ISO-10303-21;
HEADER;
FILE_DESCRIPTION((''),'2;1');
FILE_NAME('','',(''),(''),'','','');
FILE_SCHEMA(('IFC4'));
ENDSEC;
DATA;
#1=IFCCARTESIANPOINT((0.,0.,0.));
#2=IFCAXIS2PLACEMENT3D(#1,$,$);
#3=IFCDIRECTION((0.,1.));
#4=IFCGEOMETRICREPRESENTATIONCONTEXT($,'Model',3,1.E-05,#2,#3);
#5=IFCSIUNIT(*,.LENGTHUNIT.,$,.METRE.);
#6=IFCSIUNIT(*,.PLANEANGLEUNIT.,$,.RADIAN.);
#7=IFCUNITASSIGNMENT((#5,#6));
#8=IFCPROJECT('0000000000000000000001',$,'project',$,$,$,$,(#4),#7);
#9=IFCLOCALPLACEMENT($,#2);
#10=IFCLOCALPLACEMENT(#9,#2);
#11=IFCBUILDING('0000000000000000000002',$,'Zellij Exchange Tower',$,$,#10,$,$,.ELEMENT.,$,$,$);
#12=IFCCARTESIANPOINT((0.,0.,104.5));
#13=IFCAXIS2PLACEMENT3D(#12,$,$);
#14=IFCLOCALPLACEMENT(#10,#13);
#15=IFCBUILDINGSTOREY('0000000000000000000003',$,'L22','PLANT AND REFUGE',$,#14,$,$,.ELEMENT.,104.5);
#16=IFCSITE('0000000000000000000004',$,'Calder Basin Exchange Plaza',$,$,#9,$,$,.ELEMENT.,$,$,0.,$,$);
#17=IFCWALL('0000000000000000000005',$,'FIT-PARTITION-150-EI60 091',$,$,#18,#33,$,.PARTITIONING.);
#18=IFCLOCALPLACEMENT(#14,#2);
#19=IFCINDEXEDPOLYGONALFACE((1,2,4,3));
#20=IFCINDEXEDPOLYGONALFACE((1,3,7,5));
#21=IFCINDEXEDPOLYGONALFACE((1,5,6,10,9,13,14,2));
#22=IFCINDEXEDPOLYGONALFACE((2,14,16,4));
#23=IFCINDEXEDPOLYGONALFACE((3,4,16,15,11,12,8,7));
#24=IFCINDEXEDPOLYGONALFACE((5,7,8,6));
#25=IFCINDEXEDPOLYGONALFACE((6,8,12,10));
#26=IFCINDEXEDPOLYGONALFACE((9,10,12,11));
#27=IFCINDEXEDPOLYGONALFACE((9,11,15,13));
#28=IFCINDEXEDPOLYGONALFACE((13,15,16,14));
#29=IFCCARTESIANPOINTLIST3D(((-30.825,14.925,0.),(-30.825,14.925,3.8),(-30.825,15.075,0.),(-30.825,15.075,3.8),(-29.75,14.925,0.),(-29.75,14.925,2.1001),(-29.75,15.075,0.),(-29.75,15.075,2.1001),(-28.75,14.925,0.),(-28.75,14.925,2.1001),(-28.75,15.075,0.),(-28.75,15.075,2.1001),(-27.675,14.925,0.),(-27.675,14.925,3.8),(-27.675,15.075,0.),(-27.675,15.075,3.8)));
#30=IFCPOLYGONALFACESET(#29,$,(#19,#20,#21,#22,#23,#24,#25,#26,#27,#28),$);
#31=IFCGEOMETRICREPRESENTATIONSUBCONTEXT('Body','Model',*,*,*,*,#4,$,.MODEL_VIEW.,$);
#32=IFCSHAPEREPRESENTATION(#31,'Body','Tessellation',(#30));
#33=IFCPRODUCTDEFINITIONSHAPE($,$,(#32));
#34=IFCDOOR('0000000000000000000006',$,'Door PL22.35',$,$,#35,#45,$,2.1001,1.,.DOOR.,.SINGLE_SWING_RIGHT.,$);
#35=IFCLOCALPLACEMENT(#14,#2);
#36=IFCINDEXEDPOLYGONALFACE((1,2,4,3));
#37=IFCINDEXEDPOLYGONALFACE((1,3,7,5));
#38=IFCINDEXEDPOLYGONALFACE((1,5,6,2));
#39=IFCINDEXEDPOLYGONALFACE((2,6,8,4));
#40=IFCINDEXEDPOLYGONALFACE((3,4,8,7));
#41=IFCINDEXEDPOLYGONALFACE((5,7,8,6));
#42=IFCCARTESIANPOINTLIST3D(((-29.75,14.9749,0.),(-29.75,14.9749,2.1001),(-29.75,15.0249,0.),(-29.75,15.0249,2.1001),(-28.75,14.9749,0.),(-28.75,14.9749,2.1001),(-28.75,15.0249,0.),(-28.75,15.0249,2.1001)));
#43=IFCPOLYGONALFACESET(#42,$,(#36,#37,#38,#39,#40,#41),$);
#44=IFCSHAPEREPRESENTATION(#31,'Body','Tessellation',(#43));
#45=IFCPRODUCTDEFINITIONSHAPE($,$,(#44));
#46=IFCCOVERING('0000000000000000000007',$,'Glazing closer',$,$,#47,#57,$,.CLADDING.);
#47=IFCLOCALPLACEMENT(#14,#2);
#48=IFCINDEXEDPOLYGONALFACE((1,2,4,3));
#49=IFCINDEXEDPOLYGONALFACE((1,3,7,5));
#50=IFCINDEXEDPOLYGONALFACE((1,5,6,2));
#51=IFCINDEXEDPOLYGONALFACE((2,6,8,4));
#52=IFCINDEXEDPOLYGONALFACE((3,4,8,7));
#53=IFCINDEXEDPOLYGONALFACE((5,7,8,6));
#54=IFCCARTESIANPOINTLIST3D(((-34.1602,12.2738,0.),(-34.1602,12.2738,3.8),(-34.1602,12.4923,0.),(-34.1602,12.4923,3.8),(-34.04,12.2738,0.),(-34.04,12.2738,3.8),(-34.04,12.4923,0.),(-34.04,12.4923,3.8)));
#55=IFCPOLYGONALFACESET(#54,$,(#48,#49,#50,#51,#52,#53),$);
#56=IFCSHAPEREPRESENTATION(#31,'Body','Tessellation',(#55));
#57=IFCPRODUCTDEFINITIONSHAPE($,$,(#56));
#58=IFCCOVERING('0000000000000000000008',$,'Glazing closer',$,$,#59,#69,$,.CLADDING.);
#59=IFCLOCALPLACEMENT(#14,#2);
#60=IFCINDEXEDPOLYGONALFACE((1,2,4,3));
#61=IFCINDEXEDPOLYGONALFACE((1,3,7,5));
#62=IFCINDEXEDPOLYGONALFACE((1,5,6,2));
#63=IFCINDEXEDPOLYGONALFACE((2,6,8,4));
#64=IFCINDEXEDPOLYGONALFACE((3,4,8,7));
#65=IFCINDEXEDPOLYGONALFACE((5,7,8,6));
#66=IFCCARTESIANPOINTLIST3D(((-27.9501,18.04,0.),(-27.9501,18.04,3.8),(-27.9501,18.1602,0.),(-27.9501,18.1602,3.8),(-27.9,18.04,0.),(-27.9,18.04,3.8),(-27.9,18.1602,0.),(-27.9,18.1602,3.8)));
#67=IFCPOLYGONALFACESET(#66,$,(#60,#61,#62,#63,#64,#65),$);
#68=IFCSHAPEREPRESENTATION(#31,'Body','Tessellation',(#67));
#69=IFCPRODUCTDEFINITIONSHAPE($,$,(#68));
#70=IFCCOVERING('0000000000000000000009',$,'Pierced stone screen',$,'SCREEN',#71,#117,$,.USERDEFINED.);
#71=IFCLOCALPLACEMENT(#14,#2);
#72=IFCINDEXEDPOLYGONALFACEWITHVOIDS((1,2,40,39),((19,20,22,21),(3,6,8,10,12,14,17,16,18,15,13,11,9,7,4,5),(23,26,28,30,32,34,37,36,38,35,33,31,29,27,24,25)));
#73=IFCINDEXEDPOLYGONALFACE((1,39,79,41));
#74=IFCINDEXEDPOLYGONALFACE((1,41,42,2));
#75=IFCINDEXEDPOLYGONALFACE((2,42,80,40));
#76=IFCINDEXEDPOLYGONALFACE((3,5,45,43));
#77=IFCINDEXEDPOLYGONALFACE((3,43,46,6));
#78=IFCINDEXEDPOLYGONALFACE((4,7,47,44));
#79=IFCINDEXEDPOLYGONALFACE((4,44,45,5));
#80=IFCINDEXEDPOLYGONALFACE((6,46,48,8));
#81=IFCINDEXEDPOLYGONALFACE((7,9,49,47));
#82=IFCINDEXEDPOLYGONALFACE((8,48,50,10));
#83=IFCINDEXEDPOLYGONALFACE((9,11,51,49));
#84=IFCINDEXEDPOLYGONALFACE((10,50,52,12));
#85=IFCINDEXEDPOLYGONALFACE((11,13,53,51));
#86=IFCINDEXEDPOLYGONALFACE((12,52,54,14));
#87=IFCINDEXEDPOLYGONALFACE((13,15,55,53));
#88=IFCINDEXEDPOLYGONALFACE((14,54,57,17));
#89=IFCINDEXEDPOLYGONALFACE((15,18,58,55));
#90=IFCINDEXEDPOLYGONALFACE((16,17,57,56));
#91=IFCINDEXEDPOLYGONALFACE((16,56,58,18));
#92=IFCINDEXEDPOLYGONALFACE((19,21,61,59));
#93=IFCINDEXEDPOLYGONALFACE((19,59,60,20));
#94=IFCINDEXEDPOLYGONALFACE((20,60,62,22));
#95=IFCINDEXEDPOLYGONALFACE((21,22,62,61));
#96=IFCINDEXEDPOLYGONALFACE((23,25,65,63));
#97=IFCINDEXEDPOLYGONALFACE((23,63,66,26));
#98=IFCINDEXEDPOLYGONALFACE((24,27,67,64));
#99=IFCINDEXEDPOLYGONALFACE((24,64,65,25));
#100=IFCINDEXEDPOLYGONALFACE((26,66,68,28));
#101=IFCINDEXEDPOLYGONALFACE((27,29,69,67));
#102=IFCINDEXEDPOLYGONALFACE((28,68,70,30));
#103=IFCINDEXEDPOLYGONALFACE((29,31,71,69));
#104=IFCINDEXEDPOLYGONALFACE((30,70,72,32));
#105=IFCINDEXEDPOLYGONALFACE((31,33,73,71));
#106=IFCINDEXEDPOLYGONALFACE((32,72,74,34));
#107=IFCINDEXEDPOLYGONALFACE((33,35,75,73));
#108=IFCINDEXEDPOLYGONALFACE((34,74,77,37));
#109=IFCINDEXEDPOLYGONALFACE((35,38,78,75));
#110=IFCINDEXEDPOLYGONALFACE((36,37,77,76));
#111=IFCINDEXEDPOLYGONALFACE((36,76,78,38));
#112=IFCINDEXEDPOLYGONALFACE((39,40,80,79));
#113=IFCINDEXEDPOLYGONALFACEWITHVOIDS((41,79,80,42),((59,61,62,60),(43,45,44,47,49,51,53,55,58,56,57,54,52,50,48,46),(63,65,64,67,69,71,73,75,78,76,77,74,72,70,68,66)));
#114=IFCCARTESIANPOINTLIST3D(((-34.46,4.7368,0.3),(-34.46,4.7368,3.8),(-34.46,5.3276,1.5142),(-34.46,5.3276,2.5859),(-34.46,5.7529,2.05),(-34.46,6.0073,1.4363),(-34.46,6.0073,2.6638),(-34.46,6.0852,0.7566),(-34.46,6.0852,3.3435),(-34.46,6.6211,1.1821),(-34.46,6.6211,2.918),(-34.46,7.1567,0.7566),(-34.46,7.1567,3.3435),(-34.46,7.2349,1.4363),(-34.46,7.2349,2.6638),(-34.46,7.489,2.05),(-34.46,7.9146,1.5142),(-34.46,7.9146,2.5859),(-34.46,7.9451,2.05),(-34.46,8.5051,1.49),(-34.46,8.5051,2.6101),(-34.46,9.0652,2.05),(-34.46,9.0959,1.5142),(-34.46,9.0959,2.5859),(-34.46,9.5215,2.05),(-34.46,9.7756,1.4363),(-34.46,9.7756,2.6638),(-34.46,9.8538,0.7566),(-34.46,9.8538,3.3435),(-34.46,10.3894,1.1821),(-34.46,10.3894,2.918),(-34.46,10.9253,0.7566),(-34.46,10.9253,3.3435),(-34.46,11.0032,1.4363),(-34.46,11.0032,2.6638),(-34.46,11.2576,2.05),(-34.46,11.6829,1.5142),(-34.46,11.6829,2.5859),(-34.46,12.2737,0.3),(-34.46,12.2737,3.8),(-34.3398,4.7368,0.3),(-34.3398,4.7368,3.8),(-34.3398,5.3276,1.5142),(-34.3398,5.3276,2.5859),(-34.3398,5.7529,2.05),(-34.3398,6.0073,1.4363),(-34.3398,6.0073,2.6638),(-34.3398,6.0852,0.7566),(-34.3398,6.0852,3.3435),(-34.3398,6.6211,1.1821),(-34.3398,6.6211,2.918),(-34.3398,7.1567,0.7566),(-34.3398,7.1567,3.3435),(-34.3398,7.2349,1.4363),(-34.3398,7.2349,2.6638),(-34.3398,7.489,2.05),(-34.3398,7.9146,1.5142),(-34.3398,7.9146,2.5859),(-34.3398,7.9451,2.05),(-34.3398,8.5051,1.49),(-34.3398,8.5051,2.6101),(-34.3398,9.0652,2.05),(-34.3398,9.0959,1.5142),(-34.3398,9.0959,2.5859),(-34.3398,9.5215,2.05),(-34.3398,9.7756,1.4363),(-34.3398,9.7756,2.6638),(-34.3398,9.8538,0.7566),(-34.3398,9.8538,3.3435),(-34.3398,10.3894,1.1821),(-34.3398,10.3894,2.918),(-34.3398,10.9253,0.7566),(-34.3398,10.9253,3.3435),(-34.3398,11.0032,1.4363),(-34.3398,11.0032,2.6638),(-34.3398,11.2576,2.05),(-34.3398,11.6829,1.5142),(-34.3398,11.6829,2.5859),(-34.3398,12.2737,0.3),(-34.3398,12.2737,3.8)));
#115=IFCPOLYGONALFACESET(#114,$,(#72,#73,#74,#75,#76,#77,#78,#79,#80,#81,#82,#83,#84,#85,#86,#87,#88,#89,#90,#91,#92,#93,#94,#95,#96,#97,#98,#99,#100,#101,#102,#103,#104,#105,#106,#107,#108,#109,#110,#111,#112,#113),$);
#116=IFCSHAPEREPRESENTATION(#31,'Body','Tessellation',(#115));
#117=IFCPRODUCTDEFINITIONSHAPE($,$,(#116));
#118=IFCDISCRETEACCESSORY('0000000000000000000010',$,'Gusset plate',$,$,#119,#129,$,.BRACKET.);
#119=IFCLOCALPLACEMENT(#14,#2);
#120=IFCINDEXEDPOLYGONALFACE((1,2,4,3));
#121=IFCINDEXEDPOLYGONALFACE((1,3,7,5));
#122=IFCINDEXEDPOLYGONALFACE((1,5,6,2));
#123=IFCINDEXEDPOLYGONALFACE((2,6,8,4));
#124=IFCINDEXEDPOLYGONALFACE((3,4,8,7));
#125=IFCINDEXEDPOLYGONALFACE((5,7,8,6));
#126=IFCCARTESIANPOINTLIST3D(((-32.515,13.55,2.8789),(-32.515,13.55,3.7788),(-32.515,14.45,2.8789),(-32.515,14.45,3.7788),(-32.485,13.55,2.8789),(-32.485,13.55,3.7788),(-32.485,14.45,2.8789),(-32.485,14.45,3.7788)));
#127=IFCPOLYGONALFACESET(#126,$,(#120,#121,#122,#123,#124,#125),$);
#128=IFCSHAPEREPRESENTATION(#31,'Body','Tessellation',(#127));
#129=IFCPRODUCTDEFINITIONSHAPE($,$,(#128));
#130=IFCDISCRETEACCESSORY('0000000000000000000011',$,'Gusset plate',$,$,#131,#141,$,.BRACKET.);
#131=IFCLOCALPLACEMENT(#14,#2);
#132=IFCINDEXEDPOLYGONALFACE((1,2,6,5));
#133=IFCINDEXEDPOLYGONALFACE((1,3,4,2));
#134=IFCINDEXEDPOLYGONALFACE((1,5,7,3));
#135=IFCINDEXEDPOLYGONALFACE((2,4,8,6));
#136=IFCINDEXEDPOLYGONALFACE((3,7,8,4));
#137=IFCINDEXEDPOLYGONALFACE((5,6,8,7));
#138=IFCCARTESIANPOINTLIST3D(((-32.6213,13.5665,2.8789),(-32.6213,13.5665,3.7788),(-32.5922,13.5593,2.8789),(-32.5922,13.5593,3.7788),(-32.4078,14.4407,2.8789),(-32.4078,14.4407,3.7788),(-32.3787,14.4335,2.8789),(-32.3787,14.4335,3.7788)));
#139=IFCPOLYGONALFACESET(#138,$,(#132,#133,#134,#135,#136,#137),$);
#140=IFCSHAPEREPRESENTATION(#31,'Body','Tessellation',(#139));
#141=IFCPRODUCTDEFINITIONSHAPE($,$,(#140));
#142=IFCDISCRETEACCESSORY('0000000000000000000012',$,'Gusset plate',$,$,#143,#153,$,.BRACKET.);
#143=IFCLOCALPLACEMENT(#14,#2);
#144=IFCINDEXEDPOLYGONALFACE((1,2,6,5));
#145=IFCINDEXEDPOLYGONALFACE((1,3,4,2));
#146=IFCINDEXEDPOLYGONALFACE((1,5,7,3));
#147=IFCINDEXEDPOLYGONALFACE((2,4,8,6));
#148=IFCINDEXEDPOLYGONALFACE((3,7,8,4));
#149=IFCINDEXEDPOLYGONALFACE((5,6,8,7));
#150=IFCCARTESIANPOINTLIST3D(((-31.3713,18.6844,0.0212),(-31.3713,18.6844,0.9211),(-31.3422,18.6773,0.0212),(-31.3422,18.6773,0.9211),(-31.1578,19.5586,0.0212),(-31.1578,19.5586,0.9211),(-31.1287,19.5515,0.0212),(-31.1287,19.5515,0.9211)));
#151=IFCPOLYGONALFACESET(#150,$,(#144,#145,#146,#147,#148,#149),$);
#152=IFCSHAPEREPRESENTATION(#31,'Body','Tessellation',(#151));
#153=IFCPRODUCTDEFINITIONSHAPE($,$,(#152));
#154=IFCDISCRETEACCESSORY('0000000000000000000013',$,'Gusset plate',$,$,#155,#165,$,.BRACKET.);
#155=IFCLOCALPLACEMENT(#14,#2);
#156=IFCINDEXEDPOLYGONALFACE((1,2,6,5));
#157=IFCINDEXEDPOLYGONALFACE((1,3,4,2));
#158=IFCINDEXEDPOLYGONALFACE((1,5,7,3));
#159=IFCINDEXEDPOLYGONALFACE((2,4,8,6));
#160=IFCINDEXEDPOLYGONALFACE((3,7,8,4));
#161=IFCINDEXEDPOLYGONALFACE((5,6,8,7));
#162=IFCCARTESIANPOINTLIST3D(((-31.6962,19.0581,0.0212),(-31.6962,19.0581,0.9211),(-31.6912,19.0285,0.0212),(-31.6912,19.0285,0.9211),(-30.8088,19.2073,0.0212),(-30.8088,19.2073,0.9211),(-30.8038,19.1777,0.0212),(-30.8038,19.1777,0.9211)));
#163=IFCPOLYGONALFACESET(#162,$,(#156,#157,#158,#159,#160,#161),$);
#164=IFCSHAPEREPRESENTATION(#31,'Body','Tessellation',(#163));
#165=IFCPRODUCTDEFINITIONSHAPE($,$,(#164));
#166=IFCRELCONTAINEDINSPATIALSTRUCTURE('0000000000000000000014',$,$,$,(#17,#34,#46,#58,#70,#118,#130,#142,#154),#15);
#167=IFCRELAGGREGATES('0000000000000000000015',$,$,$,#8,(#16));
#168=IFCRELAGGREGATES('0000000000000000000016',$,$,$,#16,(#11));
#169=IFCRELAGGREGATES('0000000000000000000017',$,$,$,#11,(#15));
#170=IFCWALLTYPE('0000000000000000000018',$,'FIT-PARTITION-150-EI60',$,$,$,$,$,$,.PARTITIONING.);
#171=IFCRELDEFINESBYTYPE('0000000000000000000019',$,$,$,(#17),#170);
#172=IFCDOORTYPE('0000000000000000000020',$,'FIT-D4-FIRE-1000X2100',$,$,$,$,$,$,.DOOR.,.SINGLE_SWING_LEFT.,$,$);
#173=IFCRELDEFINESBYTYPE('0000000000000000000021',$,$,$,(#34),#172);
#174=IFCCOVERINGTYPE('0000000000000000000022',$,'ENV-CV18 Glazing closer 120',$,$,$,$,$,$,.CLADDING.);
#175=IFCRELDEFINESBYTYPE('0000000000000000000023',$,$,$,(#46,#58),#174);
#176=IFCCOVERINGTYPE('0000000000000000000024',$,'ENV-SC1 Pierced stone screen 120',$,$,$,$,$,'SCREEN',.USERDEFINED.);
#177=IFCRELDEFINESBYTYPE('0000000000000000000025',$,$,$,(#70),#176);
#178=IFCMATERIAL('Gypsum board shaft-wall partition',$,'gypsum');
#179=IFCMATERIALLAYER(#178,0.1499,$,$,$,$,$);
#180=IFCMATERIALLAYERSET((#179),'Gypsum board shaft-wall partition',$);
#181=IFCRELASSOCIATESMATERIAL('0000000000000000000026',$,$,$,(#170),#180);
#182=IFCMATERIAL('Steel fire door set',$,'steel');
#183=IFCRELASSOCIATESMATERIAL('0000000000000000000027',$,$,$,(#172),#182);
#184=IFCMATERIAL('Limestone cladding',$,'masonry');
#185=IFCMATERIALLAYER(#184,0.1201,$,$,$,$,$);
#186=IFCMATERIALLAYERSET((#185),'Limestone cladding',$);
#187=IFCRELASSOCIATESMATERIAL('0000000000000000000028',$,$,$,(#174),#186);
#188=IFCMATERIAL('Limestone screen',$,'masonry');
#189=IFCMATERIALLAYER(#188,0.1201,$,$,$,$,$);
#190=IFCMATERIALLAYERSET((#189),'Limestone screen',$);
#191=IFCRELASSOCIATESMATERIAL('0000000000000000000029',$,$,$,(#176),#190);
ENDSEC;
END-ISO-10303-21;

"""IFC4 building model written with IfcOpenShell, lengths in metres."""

from ifc_helpers import new_model, si_unit, direction, frame, frame_2d, origin, origin_2d, place, context, subcontext, project, spatial, polyline, rectangle, outline, extrude, material, layer, layer_set, type_object, element, fill, save


model = new_model("IFC4")

# Units and contexts
model_context = context("Model", 3, precision=1e-05, world=origin(), true_north=direction((0.0, 1.0)))
body_context = subcontext(model_context, "Body", "Model", "MODEL_VIEW")
ifc_project = project(units=[si_unit("LENGTHUNIT", "METRE"), si_unit("PLANEANGLEUNIT", "RADIAN")], contexts=[model_context])

# Site, building, storey
site_placement = place(None, origin())
site = spatial("IfcSite", under=ifc_project, at=site_placement, Name="Calder Basin Exchange Plaza", CompositionType="ELEMENT", RefElevation=0.0)
building_placement = place(site_placement, origin())
building = spatial("IfcBuilding", under=site, at=building_placement, Name="Zellij Exchange Tower", CompositionType="ELEMENT")
storey_placement = place(building_placement, frame((0.0, 0.0, 104.5)))
storey = spatial("IfcBuildingStorey", under=building, at=storey_placement, Name="L22", Description="PLANT AND REFUGE", CompositionType="ELEMENT", Elevation=104.5)

# Wall, opening, door
ifc_material_1 = material(Name="Gypsum board shaft-wall partition", Category="gypsum")
ifc_layer_1 = layer(ifc_material_1, 0.1499)
ifc_layer_set_1 = layer_set([ifc_layer_1], Name="Gypsum board shaft-wall partition")
wall_type_1 = type_object("IfcWallType", Name="FIT-PARTITION-150-EI60", PredefinedType="PARTITIONING", material=ifc_layer_set_1)
wall_1_placement = place(storey_placement, frame((-30.825, 15.0, 0.0), z_axis=(0.0, 0.0, 1.0), x_axis=(1.0, 0.0, 0.0)))
wall_1 = element("IfcWall", 1, at=wall_1_placement, inside=storey, type_object=wall_type_1, Name="FIT-PARTITION-150-EI60 091", PredefinedType="PARTITIONING", context=body_context, shape_type="SweptSolid", body=[
    extrude(rectangle(XDim=3.1499, YDim=0.1499, at=frame_2d((1.575, 0.0))), origin(), (0.0, 0.0, 1.0), 3.8),
])
opening_placement = place(wall_1_placement, frame((1.075, 0.0, 0.0)))
opening = element("IfcOpeningElement", 2, at=opening_placement, cuts=wall_1, PredefinedType="OPENING", context=body_context, shape_type="SweptSolid", body=[
    extrude(rectangle(XDim=1.0, YDim=2.1001, at=frame_2d((0.5, 1.05))), frame((0.0, 0.0869, 0.0), z_axis=(0.0, -1.0, 0.0), x_axis=(1.0, 0.0, 0.0)), (0.0, 0.0, 1.0), 0.1738),
])
ifc_material_2 = material(Name="Steel fire door set", Category="steel")
door_type = type_object("IfcDoorType", Name="FIT-D4-FIRE-1000X2100", OperationType="SINGLE_SWING_LEFT", PredefinedType="DOOR", material=ifc_material_2)
door_placement = place(opening_placement, origin())
door = element("IfcDoor", 3, at=door_placement, inside=storey, type_object=door_type, Name="Door PL22.35", OperationType="SINGLE_SWING_RIGHT", OverallHeight=2.1001, OverallWidth=1.0, PredefinedType="DOOR", context=body_context, shape_type="SweptSolid", body=[
    extrude(rectangle(XDim=1.0, YDim=2.1001, at=frame_2d((0.5, 1.05))), frame((0.0, 0.0249, 0.0), z_axis=(0.0, -1.0, 0.0), x_axis=(1.0, 0.0, 0.0)), (0.0, 0.0, 1.0), 0.05),
])
fill(opening, door)

# Coverings
ifc_material_3 = material(Name="Limestone cladding", Category="masonry")
ifc_layer_2 = layer(ifc_material_3, 0.1201)
ifc_layer_set_2 = layer_set([ifc_layer_2], Name="Limestone cladding")
covering_type_1 = type_object("IfcCoveringType", Name="ENV-CV18 Glazing closer 120", PredefinedType="CLADDING", material=ifc_layer_set_2)
covering_1_placement = place(storey_placement, frame((-34.1001, 12.3831, 0.0), z_axis=(0.0, 0.0, 1.0), x_axis=(0.0, 1.0, 0.0)))
element("IfcCovering", 4, at=covering_1_placement, inside=storey, type_object=covering_type_1, Name="Glazing closer", PredefinedType="CLADDING", context=body_context, shape_type="SweptSolid", body=[
    extrude(rectangle(XDim=0.2185, YDim=0.1201, at=origin_2d()), origin(), (0.0, 0.0, 1.0), 3.8),
])
covering_2_placement = place(storey_placement, frame((-27.925, 18.1001, 0.0), z_axis=(0.0, 0.0, 1.0), x_axis=(1.0, 0.0, 0.0)))
element("IfcCovering", 5, at=covering_2_placement, inside=storey, type_object=covering_type_1, Name="Glazing closer", PredefinedType="CLADDING", context=body_context, shape_type="SweptSolid", body=[
    extrude(rectangle(XDim=0.05, YDim=0.1201, at=origin_2d()), origin(), (0.0, 0.0, 1.0), 3.8),
])
ifc_material_4 = material(Name="Limestone screen", Category="masonry")
ifc_layer_3 = layer(ifc_material_4, 0.1201)
ifc_layer_set_3 = layer_set([ifc_layer_3], Name="Limestone screen")
covering_type_2 = type_object("IfcCoveringType", Name="ENV-SC1 Pierced stone screen 120", ElementType="SCREEN", PredefinedType="USERDEFINED", material=ifc_layer_set_3)
covering_3_placement = place(storey_placement, frame((-34.3999, 12.2737, 0.3), z_axis=(0.0, 0.0, 1.0), x_axis=(0.0, -1.0, 0.0)))
element("IfcCovering", 6, at=covering_3_placement, inside=storey, type_object=covering_type_2, Name="Pierced stone screen", ObjectType="SCREEN", PredefinedType="USERDEFINED", context=body_context, shape_type="SweptSolid", body=[
    extrude(outline(polyline([(0.0, 0.0), (7.5369, 0.0), (7.5369, 3.5), (0.0, 3.5), (0.0, 0.0)]), holes=[polyline([(3.1777, 2.2859), (2.498, 2.3638), (2.4199, 3.0435), (1.8843, 2.6179), (1.3484, 3.0435), (1.2705, 2.3638), (0.5908, 2.2859), (1.0161, 1.75), (0.5908, 1.2141), (1.2705, 1.1362), (1.3484, 0.4565), (1.8843, 0.8821), (2.4199, 0.4565), (2.498, 1.1362), (3.1777, 1.2141), (2.7522, 1.75), (3.1777, 2.2859)]), polyline([(6.946, 2.2859), (6.2664, 2.3638), (6.1885, 3.0435), (5.6526, 2.6179), (5.1169, 3.0435), (5.0388, 2.3638), (4.3591, 2.2859), (4.7847, 1.75), (4.3591, 1.2141), (5.0388, 1.1362), (5.1169, 0.4565), (5.6526, 0.8821), (6.1885, 0.4565), (6.2664, 1.1362), (6.946, 1.2141), (6.5208, 1.75), (6.946, 2.2859)]), polyline([(4.3286, 1.75), (3.7686, 2.3101), (3.2085, 1.75), (3.7686, 1.1899), (4.3286, 1.75)])]), frame((0.0, 0.0601, 0.0), z_axis=(0.0, -1.0, 0.0), x_axis=(1.0, 0.0, 0.0)), (0.0, 0.0, 1.0), 0.1201),
])

# Discrete accessories
for number, where, z_axis, x_axis, name in (
    (7, (-32.5, 14.0, 2.8789), (0.0, 0.0, 1.0), (0.0, 1.0, 0.0), "Gusset plate"),
    (8, (-32.5, 14.0, 2.8789), (0.0, 0.0, 1.0), (0.237271, 0.971444, 0.0), "Gusset plate"),
    (9, (-31.25, 19.1179, 0.0212), (0.0, 0.0, 1.0), (0.237271, 0.971444, 0.0), "Gusset plate"),
    (10, (-31.25, 19.1179, 0.0212), (0.0, 0.0, 1.0), (0.986165, 0.165769, 0.0), "Gusset plate"),
):
    element("IfcDiscreteAccessory", number, at=place(storey_placement, frame(where, z_axis=z_axis, x_axis=x_axis)), inside=storey, Name=name, PredefinedType="BRACKET", context=body_context, shape_type="SweptSolid", body=[
        extrude(rectangle(XDim=0.8999, YDim=0.03, at=origin_2d()), origin(), (0.0, 0.0, 1.0), 0.8999),
    ])

save(model, "model.ifc")
